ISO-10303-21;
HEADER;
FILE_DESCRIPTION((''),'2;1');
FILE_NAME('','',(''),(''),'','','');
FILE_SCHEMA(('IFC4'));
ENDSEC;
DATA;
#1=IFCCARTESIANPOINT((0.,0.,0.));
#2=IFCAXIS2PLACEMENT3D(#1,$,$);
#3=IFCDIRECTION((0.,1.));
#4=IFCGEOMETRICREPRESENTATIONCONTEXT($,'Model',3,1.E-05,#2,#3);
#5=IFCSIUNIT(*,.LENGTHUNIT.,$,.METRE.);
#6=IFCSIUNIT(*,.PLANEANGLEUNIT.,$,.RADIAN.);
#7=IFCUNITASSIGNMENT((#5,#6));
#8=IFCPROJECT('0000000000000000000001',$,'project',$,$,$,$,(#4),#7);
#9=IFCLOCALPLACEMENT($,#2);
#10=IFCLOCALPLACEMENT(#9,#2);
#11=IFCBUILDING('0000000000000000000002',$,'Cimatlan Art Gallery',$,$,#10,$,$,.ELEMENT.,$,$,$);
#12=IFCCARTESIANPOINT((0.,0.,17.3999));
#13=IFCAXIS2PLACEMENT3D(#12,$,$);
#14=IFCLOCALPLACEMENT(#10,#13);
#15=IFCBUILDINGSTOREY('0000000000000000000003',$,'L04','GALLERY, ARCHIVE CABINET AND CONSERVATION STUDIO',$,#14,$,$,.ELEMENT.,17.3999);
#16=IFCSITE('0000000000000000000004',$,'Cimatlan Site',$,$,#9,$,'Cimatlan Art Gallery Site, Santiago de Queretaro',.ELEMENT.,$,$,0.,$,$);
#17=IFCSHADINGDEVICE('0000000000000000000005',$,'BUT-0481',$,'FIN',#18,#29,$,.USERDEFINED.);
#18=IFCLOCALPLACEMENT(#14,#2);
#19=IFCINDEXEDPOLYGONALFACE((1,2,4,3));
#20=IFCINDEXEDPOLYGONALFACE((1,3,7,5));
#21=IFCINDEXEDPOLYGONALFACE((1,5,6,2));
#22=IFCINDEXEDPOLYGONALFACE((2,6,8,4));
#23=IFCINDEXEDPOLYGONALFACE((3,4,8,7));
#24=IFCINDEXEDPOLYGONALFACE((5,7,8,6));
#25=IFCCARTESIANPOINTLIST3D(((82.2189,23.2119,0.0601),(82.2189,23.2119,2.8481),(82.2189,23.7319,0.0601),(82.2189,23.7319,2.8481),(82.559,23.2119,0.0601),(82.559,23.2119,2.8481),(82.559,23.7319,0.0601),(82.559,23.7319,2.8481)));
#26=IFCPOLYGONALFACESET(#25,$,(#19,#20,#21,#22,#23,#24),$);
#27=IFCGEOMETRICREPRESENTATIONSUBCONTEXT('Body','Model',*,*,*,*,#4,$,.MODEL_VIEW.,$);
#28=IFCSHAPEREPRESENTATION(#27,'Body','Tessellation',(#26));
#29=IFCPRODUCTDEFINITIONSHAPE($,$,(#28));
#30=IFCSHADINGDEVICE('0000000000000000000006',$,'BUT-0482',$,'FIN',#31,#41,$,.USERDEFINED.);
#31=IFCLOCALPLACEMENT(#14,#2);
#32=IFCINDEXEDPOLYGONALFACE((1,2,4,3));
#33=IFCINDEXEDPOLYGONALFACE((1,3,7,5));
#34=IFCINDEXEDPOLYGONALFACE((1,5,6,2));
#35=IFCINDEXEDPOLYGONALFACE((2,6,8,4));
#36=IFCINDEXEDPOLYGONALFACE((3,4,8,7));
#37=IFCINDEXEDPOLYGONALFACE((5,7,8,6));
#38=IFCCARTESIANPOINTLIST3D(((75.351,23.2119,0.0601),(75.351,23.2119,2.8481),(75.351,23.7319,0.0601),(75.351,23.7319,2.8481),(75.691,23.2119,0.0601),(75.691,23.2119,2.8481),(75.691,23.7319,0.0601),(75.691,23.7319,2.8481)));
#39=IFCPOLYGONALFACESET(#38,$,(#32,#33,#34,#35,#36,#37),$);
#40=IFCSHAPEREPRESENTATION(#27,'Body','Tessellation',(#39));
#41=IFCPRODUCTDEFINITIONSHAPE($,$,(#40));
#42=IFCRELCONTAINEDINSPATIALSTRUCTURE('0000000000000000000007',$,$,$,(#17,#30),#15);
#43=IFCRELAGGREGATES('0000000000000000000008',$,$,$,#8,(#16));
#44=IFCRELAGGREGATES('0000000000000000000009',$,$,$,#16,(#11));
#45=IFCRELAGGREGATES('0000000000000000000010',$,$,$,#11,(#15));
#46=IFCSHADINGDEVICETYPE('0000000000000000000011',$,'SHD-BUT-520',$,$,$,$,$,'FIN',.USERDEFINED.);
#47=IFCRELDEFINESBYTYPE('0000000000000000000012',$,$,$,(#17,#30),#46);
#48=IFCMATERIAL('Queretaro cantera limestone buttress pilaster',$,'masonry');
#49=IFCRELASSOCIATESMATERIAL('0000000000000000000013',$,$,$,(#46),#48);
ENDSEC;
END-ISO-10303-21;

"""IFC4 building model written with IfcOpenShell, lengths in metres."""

from ifc_helpers import new_model, si_unit, direction, frame, origin, origin_2d, place, context, subcontext, project, spatial, rectangle, extrude, material, type_object, element, save


model = new_model("IFC4")

# Units and contexts
model_context = context("Model", 3, precision=1e-05, world=origin(), true_north=direction((0.0, 1.0)))
body_context = subcontext(model_context, "Body", "Model", "MODEL_VIEW")
ifc_project = project(units=[si_unit("LENGTHUNIT", "METRE"), si_unit("PLANEANGLEUNIT", "RADIAN")], contexts=[model_context])

# Site, building, storey
site_placement = place(None, origin())
site = spatial("IfcSite", under=ifc_project, at=site_placement, Name="Cimatlan Site", LongName="Cimatlan Art Gallery Site, Santiago de Queretaro", CompositionType="ELEMENT", RefElevation=0.0)
building_placement = place(site_placement, origin())
building = spatial("IfcBuilding", under=site, at=building_placement, Name="Cimatlan Art Gallery", CompositionType="ELEMENT")
storey_placement = place(building_placement, frame((0.0, 0.0, 17.3999)))
storey = spatial("IfcBuildingStorey", under=building, at=storey_placement, Name="L04", Description="GALLERY, ARCHIVE CABINET AND CONSERVATION STUDIO", CompositionType="ELEMENT", Elevation=17.3999)

# Shading devices
ifc_material_1 = material(Name="Queretaro cantera limestone buttress pilaster", Category="masonry")
shading_device_type = type_object("IfcShadingDeviceType", Name="SHD-BUT-520", ElementType="FIN", PredefinedType="USERDEFINED", material=ifc_material_1)
for number, where, z_axis, x_axis, name in (
    (1, (82.3889, 23.4719, 0.0601), (0.0, 0.0, 1.0), (-1.0, 0.0, 0.0), "BUT-0481"),
    (2, (75.521, 23.4719, 0.0601), (0.0, 0.0, 1.0), (-1.0, 0.0, 0.0), "BUT-0482"),
):
    element("IfcShadingDevice", number, at=place(storey_placement, frame(where, z_axis=z_axis, x_axis=x_axis)), inside=storey, type_object=shading_device_type, Name=name, ObjectType="FIN", PredefinedType="USERDEFINED", context=body_context, shape_type="SweptSolid", body=[
        extrude(rectangle(XDim=0.3401, YDim=0.52, at=origin_2d()), origin(), (0.0, 0.0, 1.0), 2.7881),
    ])

save(model, "model.ifc")
